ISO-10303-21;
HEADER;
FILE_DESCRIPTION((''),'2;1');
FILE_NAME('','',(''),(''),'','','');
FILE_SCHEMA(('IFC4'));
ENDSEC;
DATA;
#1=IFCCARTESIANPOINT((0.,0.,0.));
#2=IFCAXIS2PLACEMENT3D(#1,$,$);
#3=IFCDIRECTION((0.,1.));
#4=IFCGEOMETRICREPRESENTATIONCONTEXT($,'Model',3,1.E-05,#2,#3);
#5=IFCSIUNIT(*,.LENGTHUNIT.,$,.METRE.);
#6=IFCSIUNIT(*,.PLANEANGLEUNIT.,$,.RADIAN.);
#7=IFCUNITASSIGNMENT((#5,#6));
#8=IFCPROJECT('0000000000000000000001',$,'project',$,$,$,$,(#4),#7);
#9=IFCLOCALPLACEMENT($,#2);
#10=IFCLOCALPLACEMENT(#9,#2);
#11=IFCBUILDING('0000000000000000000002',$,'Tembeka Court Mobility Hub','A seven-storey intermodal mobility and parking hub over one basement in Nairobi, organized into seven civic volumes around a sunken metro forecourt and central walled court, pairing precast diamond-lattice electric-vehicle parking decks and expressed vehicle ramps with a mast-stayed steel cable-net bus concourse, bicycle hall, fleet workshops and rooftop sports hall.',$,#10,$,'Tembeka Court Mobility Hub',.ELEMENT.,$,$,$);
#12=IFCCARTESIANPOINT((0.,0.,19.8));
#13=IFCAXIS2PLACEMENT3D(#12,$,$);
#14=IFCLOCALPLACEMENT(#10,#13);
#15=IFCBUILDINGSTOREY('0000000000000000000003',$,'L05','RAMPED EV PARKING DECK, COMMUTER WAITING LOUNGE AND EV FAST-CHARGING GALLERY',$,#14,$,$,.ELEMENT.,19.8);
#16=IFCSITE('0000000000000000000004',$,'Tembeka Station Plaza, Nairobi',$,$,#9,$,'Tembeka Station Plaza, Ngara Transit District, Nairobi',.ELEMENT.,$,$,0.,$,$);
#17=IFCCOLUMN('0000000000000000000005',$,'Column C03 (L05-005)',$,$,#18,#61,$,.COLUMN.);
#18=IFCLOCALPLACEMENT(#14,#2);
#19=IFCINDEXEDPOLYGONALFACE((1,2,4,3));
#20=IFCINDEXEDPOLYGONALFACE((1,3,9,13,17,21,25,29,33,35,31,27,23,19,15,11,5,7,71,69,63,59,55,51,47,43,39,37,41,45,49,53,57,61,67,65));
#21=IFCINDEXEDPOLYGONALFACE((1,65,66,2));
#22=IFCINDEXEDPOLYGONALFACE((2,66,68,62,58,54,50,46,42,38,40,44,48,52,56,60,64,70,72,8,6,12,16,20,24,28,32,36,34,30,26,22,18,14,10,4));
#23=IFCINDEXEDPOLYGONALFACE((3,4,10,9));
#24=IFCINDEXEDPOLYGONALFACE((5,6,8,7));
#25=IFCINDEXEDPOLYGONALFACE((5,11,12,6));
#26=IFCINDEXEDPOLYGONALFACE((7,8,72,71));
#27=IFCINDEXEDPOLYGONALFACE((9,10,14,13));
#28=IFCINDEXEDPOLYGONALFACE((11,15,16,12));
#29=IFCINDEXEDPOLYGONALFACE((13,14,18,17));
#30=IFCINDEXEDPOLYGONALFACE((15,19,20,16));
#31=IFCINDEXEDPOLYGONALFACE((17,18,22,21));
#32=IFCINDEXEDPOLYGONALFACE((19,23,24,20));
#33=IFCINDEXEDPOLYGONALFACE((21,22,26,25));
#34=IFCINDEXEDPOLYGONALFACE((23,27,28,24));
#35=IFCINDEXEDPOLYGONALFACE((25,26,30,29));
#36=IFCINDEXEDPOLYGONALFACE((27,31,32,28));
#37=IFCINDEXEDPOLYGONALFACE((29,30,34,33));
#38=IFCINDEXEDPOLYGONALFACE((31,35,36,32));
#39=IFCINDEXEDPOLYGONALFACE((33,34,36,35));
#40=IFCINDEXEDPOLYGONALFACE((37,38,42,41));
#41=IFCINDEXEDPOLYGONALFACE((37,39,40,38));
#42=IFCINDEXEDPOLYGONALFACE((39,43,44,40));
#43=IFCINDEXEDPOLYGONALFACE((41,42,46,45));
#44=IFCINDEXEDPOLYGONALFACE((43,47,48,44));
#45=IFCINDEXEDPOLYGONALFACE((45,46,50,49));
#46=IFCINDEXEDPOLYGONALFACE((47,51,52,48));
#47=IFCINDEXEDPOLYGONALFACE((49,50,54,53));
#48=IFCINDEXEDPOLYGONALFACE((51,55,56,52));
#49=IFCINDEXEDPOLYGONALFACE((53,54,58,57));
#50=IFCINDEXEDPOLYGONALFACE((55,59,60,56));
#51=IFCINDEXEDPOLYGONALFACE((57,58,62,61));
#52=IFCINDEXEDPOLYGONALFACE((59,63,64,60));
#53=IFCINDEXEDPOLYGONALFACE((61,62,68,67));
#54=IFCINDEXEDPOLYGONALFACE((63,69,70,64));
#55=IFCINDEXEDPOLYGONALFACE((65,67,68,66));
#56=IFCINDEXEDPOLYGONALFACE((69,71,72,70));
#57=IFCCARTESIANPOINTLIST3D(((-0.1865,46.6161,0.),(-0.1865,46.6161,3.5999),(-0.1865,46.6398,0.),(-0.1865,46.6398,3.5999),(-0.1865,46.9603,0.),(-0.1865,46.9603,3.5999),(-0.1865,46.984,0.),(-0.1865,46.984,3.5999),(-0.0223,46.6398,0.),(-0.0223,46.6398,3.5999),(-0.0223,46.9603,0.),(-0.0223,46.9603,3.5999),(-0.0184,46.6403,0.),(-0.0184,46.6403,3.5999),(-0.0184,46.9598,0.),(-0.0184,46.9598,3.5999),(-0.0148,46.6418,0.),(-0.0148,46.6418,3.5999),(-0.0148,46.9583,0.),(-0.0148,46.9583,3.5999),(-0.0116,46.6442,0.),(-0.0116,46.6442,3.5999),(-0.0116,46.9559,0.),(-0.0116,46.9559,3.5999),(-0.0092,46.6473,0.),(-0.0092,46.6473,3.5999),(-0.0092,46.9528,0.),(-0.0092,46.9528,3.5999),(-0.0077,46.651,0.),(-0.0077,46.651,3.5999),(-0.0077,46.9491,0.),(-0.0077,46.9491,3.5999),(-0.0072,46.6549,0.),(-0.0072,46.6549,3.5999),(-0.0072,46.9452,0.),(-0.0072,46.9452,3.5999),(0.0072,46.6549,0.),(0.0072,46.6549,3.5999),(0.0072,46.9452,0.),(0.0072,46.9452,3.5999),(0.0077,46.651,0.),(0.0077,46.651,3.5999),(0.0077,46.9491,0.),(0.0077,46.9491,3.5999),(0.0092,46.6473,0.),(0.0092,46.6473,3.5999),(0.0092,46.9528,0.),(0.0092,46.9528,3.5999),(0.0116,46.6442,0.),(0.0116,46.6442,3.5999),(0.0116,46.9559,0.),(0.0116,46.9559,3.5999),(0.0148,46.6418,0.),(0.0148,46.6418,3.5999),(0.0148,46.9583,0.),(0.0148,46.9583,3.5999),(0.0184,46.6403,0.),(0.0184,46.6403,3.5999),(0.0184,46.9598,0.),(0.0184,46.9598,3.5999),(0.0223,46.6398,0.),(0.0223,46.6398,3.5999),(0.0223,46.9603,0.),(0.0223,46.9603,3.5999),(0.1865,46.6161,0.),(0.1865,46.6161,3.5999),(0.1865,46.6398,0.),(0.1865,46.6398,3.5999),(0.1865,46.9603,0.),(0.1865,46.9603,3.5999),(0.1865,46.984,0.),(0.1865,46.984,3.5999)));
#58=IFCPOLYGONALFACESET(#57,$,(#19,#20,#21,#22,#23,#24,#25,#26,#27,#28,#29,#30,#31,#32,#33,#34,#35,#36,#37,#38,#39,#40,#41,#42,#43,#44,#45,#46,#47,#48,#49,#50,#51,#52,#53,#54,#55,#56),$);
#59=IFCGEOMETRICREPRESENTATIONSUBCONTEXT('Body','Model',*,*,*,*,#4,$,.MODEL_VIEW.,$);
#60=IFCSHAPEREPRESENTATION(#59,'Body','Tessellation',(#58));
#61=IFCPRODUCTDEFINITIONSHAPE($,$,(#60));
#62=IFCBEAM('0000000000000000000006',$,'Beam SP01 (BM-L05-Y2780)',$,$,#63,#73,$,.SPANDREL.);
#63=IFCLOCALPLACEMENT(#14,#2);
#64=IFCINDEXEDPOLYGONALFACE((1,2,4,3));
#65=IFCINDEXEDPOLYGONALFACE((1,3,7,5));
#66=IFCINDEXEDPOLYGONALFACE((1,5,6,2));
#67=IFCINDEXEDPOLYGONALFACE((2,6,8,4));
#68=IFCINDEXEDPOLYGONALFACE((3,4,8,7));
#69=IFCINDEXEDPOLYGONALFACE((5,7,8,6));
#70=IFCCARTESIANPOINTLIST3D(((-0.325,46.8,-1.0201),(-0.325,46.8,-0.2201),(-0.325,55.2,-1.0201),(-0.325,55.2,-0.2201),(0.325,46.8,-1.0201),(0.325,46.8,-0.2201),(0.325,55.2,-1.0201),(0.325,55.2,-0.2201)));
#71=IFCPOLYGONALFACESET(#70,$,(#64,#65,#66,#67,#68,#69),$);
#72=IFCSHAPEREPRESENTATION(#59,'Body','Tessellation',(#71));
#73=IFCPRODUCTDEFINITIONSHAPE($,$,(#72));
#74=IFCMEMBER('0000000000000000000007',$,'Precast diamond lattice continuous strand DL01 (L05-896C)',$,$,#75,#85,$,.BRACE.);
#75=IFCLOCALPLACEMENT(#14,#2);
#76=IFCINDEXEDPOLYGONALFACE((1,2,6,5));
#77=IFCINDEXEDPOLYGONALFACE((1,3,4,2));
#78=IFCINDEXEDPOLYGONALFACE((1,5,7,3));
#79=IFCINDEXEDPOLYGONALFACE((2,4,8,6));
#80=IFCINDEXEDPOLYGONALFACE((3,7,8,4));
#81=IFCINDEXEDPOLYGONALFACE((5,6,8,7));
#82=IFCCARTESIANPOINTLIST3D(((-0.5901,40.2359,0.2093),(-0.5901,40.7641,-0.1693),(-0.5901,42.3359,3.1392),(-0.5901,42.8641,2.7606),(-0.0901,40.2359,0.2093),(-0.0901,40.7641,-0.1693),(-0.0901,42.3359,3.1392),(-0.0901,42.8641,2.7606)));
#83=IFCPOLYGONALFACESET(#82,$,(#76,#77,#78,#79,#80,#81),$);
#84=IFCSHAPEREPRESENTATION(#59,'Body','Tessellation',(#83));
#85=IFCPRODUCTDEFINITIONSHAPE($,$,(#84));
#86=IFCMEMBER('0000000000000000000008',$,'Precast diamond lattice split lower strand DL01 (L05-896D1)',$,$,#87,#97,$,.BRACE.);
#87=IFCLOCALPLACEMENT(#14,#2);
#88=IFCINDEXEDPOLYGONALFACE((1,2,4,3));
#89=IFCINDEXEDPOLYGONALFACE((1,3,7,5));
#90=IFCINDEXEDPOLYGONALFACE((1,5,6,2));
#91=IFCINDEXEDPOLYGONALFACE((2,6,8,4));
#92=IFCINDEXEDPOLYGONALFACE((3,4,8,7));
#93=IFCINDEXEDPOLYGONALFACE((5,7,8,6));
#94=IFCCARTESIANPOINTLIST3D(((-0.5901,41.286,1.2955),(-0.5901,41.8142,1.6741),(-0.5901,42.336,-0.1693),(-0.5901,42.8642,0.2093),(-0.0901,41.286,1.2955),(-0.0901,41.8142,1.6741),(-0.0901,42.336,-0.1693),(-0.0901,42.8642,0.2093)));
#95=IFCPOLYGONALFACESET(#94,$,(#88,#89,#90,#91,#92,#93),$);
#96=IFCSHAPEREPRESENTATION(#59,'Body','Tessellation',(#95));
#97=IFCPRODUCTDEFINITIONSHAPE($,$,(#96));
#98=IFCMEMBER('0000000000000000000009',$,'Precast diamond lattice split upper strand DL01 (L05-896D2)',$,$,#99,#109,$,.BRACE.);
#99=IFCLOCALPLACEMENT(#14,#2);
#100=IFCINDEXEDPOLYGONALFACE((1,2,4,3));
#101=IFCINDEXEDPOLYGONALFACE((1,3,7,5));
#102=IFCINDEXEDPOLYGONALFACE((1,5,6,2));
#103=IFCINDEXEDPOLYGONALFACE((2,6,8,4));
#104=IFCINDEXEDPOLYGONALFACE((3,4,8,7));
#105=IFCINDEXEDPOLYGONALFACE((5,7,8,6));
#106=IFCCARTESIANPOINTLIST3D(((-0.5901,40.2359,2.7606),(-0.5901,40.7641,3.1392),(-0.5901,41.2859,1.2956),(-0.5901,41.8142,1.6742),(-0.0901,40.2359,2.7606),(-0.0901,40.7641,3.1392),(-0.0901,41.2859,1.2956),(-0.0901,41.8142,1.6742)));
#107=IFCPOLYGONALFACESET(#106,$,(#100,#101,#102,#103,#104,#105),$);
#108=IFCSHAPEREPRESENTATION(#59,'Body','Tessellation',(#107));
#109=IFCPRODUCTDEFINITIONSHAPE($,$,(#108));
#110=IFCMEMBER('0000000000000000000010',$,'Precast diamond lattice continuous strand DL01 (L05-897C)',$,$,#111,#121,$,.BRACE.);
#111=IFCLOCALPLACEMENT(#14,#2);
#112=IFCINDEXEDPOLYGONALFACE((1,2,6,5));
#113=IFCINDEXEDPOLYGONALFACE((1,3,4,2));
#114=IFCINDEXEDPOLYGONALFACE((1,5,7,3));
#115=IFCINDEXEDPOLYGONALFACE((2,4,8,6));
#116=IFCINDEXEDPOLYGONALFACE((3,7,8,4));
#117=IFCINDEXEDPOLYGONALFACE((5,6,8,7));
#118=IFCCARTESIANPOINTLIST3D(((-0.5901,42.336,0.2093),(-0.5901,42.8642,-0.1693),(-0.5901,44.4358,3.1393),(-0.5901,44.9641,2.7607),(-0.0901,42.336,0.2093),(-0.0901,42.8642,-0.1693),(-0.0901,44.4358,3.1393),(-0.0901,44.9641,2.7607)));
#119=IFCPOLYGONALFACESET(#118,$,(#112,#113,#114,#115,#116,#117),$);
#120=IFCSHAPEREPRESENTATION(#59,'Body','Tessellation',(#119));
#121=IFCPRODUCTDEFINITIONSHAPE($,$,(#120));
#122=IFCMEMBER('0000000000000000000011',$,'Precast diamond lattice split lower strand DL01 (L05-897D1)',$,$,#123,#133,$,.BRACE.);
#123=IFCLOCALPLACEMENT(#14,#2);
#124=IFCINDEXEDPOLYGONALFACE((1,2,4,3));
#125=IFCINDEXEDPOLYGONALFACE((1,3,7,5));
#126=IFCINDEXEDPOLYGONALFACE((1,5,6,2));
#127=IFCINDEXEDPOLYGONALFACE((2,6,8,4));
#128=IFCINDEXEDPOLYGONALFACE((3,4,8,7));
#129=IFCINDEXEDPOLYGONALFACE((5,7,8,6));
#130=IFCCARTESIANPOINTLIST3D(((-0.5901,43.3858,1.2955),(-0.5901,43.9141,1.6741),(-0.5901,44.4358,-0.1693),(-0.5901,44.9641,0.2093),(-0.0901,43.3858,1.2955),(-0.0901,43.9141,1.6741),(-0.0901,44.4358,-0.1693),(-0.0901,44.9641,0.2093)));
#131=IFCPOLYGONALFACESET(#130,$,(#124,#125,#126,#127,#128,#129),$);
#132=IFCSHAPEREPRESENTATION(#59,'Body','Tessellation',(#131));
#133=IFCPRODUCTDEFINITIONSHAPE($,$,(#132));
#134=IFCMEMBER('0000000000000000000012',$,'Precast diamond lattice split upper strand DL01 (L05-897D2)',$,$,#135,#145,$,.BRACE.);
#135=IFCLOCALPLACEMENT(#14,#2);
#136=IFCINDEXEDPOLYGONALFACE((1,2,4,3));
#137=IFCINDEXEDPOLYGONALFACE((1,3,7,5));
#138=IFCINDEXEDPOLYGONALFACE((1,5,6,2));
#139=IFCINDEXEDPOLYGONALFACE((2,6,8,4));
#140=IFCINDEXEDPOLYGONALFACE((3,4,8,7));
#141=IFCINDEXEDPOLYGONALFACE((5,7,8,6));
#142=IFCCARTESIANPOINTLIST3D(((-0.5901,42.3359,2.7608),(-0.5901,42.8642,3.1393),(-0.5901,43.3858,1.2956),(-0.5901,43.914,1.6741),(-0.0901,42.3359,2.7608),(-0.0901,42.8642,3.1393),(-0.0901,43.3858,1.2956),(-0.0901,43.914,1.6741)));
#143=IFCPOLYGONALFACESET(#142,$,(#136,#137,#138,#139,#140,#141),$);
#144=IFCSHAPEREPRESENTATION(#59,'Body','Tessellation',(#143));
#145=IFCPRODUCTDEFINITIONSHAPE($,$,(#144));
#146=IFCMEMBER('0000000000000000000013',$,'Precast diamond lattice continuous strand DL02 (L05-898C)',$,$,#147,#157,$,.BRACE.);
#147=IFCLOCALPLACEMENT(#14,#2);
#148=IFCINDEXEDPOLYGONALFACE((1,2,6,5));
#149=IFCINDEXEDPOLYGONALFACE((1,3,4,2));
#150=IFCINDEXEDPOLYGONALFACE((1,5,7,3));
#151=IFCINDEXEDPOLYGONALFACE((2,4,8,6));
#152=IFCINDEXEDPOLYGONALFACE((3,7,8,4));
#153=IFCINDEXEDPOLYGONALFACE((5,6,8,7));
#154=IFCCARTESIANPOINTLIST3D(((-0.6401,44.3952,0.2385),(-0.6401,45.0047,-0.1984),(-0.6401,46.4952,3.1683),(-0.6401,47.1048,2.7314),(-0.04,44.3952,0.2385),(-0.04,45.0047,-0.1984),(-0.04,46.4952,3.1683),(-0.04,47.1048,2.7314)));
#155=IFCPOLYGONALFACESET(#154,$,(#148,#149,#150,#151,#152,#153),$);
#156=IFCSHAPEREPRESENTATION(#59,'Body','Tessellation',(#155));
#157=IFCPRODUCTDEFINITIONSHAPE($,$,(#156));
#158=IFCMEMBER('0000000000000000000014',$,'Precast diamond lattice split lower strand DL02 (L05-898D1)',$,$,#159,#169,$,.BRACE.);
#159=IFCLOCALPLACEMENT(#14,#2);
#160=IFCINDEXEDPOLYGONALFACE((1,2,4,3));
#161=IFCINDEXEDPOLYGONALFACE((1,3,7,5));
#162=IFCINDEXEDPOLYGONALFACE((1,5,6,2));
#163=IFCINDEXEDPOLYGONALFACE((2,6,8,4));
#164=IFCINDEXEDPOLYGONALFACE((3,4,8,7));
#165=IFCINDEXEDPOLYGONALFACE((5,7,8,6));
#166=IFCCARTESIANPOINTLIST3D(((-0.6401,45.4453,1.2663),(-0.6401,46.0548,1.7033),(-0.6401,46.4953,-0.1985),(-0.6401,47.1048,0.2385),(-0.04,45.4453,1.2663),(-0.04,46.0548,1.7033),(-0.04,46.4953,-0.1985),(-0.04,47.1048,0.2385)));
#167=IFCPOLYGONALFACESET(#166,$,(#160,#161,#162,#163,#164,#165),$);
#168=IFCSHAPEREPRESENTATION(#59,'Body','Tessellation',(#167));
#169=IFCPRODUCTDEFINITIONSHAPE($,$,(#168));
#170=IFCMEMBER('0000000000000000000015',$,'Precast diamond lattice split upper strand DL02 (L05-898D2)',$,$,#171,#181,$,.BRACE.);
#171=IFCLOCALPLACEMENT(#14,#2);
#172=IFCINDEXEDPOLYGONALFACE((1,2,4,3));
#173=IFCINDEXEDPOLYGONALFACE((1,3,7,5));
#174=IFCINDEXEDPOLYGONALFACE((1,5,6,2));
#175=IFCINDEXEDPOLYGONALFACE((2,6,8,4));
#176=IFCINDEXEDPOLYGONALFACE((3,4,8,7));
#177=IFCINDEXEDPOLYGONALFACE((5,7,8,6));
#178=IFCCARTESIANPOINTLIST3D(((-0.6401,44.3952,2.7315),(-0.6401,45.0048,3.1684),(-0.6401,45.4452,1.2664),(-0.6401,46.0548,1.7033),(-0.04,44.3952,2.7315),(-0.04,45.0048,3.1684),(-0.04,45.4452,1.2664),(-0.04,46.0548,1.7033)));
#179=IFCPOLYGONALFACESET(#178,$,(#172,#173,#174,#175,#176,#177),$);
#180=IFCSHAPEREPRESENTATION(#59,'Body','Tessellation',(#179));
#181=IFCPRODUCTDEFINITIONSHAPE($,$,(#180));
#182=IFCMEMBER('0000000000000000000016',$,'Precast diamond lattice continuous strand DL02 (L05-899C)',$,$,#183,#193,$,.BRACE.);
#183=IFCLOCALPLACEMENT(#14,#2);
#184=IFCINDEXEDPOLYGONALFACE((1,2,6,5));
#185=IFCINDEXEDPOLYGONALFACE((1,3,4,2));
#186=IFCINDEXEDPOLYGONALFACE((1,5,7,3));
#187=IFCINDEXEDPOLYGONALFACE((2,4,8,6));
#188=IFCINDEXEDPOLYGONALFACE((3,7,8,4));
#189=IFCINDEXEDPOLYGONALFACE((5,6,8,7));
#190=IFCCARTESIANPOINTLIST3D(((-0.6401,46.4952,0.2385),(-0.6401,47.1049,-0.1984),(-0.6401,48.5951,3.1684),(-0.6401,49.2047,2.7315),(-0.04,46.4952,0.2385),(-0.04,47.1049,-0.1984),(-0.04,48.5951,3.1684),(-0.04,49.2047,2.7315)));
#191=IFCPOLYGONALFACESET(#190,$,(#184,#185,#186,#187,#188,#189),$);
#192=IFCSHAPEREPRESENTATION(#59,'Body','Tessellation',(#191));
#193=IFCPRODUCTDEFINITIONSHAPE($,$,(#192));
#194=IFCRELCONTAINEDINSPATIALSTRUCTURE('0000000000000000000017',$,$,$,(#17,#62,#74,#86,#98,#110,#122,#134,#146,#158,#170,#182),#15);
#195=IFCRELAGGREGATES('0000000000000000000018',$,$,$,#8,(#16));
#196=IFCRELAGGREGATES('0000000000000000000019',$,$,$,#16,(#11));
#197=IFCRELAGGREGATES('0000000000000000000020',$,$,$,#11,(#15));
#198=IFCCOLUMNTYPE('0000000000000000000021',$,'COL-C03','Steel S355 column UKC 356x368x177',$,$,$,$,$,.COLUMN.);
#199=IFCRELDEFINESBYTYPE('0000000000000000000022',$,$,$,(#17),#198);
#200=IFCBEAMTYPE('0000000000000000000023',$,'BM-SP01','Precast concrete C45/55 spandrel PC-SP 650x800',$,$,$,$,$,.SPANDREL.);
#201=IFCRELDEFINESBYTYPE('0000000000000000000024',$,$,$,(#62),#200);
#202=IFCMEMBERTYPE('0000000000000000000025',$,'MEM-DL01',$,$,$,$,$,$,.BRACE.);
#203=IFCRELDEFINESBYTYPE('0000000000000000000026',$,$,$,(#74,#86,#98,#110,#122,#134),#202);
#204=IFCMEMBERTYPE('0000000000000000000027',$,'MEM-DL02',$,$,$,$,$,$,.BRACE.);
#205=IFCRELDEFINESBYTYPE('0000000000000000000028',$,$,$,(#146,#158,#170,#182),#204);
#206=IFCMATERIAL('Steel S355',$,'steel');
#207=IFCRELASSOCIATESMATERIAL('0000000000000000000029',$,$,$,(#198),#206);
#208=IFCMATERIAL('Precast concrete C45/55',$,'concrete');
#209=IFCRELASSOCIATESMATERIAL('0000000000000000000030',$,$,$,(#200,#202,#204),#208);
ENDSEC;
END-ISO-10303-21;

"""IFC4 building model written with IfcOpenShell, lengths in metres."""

from ifc_helpers import new_model, si_unit, direction, frame, origin, origin_2d, place, context, subcontext, project, spatial, rectangle, i_section, extrude, material, material_profile, profile_set, type_object, element, save


model = new_model("IFC4")

# Units and contexts
model_context = context("Model", 3, precision=1e-05, world=origin(), true_north=direction((0.0, 1.0)))
body_context = subcontext(model_context, "Body", "Model", "MODEL_VIEW")
ifc_project = project(units=[si_unit("LENGTHUNIT", "METRE"), si_unit("PLANEANGLEUNIT", "RADIAN")], contexts=[model_context])

# Site, building, storey
site_placement = place(None, origin())
site = spatial("IfcSite", under=ifc_project, at=site_placement, Name="Tembeka Station Plaza, Nairobi", LongName="Tembeka Station Plaza, Ngara Transit District, Nairobi", CompositionType="ELEMENT", RefElevation=0.0)
building_placement = place(site_placement, origin())
building = spatial("IfcBuilding", under=site, at=building_placement, Name="Tembeka Court Mobility Hub", Description="A seven-storey intermodal mobility and parking hub over one basement in Nairobi, organized into seven civic volumes around a sunken metro forecourt and central walled court, pairing precast diamond-lattice electric-vehicle parking decks and expressed vehicle ramps with a mast-stayed steel cable-net bus concourse, bicycle hall, fleet workshops and rooftop sports hall.", LongName="Tembeka Court Mobility Hub", CompositionType="ELEMENT")
storey_placement = place(building_placement, frame((0.0, 0.0, 19.8)))
storey = spatial("IfcBuildingStorey", under=building, at=storey_placement, Name="L05", Description="RAMPED EV PARKING DECK, COMMUTER WAITING LOUNGE AND EV FAST-CHARGING GALLERY", CompositionType="ELEMENT", Elevation=19.8)

# Column
ifc_material_1 = material(Name="Steel S355", Category="steel")
ifc_material_profile_1 = material_profile(ifc_material_1, i_section(OverallWidth=0.373, OverallDepth=0.3679, WebThickness=0.0144, FlangeThickness=0.0237, FilletRadius=0.0151, at=origin_2d()), Name="UKC 356x368x177")
ifc_profile_set_1 = profile_set([ifc_material_profile_1], Name="Steel S355")
column_type = type_object("IfcColumnType", Name="COL-C03", Description="Steel S355 column UKC 356x368x177", PredefinedType="COLUMN", material=ifc_profile_set_1)
column_placement = place(storey_placement, frame((0.0, 46.8, 0.0), z_axis=(0.0, 0.0, 1.0), x_axis=(1.0, 0.0, 0.0)))
element("IfcColumn", 1, at=column_placement, inside=storey, type_object=column_type, Name="Column C03 (L05-005)", PredefinedType="COLUMN", context=body_context, shape_type="SweptSolid", body=[
    extrude(i_section(OverallWidth=0.373, OverallDepth=0.3679, WebThickness=0.0144, FlangeThickness=0.0237, FilletRadius=0.0151, at=origin_2d()), origin(), (0.0, 0.0, 1.0), 3.5999),
])

# Beam
ifc_material_2 = material(Name="Precast concrete C45/55", Category="concrete")
ifc_material_profile_2 = material_profile(ifc_material_2, rectangle(XDim=0.6499, YDim=0.8, at=origin_2d()), Name="PC-SP 650x800")
ifc_profile_set_2 = profile_set([ifc_material_profile_2], Name="Precast concrete C45/55")
beam_type = type_object("IfcBeamType", Name="BM-SP01", Description="Precast concrete C45/55 spandrel PC-SP 650x800", PredefinedType="SPANDREL", material=ifc_profile_set_2)
beam_placement = place(storey_placement, frame((0.0, 46.8, -0.6201), z_axis=(0.0, 1.0, 0.0), x_axis=(-1.0, 0.0, 0.0)))
element("IfcBeam", 2, at=beam_placement, inside=storey, type_object=beam_type, Name="Beam SP01 (BM-L05-Y2780)", PredefinedType="SPANDREL", context=body_context, shape_type="SweptSolid", body=[
    extrude(rectangle(XDim=0.6499, YDim=0.8, at=origin_2d()), origin(), (0.0, 0.0, 1.0), 8.3999),
])

# Members
ifc_material_profile_3 = material_profile(ifc_material_2, rectangle(XDim=0.5, YDim=0.6499, at=origin_2d()), Name="PC-DIAG 500x650")
ifc_profile_set_3 = profile_set([ifc_material_profile_3], Name="Precast concrete C45/55")
member_type_1 = type_object("IfcMemberType", Name="MEM-DL01", PredefinedType="BRACE", material=ifc_profile_set_3)
member_1_placement = place(storey_placement, frame((-0.3401, 40.5, 0.02), z_axis=(0.0, 0.582576, 0.812776), x_axis=(-1.0, 0.0, 0.0)))
element("IfcMember", 3, at=member_1_placement, inside=storey, type_object=member_type_1, Name="Precast diamond lattice continuous strand DL01 (L05-896C)", PredefinedType="BRACE", context=body_context, shape_type="SweptSolid", body=[
    extrude(rectangle(XDim=0.5, YDim=0.6499, at=origin_2d()), origin(), (0.0, 0.0, 1.0), 3.6047),
])
member_2_placement = place(storey_placement, frame((-0.3401, 42.6001, 0.02), z_axis=(0.0, -0.582608, 0.812753), x_axis=(1.0, 0.0, 0.0)))
element("IfcMember", 4, at=member_2_placement, inside=storey, type_object=member_type_1, Name="Precast diamond lattice split lower strand DL01 (L05-896D1)", PredefinedType="BRACE", context=body_context, shape_type="SweptSolid", body=[
    extrude(rectangle(XDim=0.5, YDim=0.6499, at=origin_2d()), origin(), (0.0, 0.0, 1.0), 1.8022),
])
member_3_placement = place(storey_placement, frame((-0.3401, 41.55, 1.4849), z_axis=(0.0, -0.582544, 0.812799), x_axis=(1.0, 0.0, 0.0)))
element("IfcMember", 5, at=member_3_placement, inside=storey, type_object=member_type_1, Name="Precast diamond lattice split upper strand DL01 (L05-896D2)", PredefinedType="BRACE", context=body_context, shape_type="SweptSolid", body=[
    extrude(rectangle(XDim=0.5, YDim=0.6499, at=origin_2d()), origin(), (0.0, 0.0, 1.0), 1.8025),
])
member_4_placement = place(storey_placement, frame((-0.3401, 42.6001, 0.02), z_axis=(0.0, 0.582532, 0.812808), x_axis=(-1.0, 0.0, 0.0)))
element("IfcMember", 6, at=member_4_placement, inside=storey, type_object=member_type_1, Name="Precast diamond lattice continuous strand DL01 (L05-897C)", PredefinedType="BRACE", context=body_context, shape_type="SweptSolid", body=[
    extrude(rectangle(XDim=0.5, YDim=0.6499, at=origin_2d()), origin(), (0.0, 0.0, 1.0), 3.6047),
])
member_5_placement = place(storey_placement, frame((-0.3401, 44.7, 0.02), z_axis=(0.0, -0.582608, 0.812753), x_axis=(1.0, 0.0, 0.0)))
element("IfcMember", 7, at=member_5_placement, inside=storey, type_object=member_type_1, Name="Precast diamond lattice split lower strand DL01 (L05-897D1)", PredefinedType="BRACE", context=body_context, shape_type="SweptSolid", body=[
    extrude(rectangle(XDim=0.5, YDim=0.6499, at=origin_2d()), origin(), (0.0, 0.0, 1.0), 1.8022),
])
member_6_placement = place(storey_placement, frame((-0.3401, 43.6499, 1.4849), z_axis=(0.0, -0.582455, 0.812863), x_axis=(1.0, 0.0, 0.0)))
element("IfcMember", 8, at=member_6_placement, inside=storey, type_object=member_type_1, Name="Precast diamond lattice split upper strand DL01 (L05-897D2)", PredefinedType="BRACE", context=body_context, shape_type="SweptSolid", body=[
    extrude(rectangle(XDim=0.5, YDim=0.6499, at=origin_2d()), origin(), (0.0, 0.0, 1.0), 1.8025),
])
ifc_material_profile_4 = material_profile(ifc_material_2, rectangle(XDim=0.6001, YDim=0.75, at=origin_2d()), Name="PC-DIAG 600x750")
ifc_profile_set_4 = profile_set([ifc_material_profile_4], Name="Precast concrete C45/55")
member_type_2 = type_object("IfcMemberType", Name="MEM-DL02", PredefinedType="BRACE", material=ifc_profile_set_4)
member_7_placement = place(storey_placement, frame((-0.3401, 44.7, 0.02), z_axis=(0.0, 0.582576, 0.812776), x_axis=(-1.0, 0.0, 0.0)))
element("IfcMember", 9, at=member_7_placement, inside=storey, type_object=member_type_2, Name="Precast diamond lattice continuous strand DL02 (L05-898C)", PredefinedType="BRACE", context=body_context, shape_type="SweptSolid", body=[
    extrude(rectangle(XDim=0.6001, YDim=0.75, at=origin_2d()), origin(), (0.0, 0.0, 1.0), 3.6047),
])
member_8_placement = place(storey_placement, frame((-0.3401, 46.8, 0.02), z_axis=(0.0, -0.582608, 0.812753), x_axis=(1.0, 0.0, 0.0)))
element("IfcMember", 10, at=member_8_placement, inside=storey, type_object=member_type_2, Name="Precast diamond lattice split lower strand DL02 (L05-898D1)", PredefinedType="BRACE", context=body_context, shape_type="SweptSolid", body=[
    extrude(rectangle(XDim=0.6001, YDim=0.75, at=origin_2d()), origin(), (0.0, 0.0, 1.0), 1.8022),
])
member_9_placement = place(storey_placement, frame((-0.3401, 45.75, 1.4849), z_axis=(0.0, -0.582544, 0.812799), x_axis=(1.0, 0.0, 0.0)))
element("IfcMember", 11, at=member_9_placement, inside=storey, type_object=member_type_2, Name="Precast diamond lattice split upper strand DL02 (L05-898D2)", PredefinedType="BRACE", context=body_context, shape_type="SweptSolid", body=[
    extrude(rectangle(XDim=0.6001, YDim=0.75, at=origin_2d()), origin(), (0.0, 0.0, 1.0), 1.8025),
])
member_10_placement = place(storey_placement, frame((-0.3401, 46.8, 0.02), z_axis=(0.0, 0.582532, 0.812808), x_axis=(-1.0, 0.0, 0.0)))
element("IfcMember", 12, at=member_10_placement, inside=storey, type_object=member_type_2, Name="Precast diamond lattice continuous strand DL02 (L05-899C)", PredefinedType="BRACE", context=body_context, shape_type="SweptSolid", body=[
    extrude(rectangle(XDim=0.6001, YDim=0.75, at=origin_2d()), origin(), (0.0, 0.0, 1.0), 3.6047),
])

save(model, "model.ifc")
